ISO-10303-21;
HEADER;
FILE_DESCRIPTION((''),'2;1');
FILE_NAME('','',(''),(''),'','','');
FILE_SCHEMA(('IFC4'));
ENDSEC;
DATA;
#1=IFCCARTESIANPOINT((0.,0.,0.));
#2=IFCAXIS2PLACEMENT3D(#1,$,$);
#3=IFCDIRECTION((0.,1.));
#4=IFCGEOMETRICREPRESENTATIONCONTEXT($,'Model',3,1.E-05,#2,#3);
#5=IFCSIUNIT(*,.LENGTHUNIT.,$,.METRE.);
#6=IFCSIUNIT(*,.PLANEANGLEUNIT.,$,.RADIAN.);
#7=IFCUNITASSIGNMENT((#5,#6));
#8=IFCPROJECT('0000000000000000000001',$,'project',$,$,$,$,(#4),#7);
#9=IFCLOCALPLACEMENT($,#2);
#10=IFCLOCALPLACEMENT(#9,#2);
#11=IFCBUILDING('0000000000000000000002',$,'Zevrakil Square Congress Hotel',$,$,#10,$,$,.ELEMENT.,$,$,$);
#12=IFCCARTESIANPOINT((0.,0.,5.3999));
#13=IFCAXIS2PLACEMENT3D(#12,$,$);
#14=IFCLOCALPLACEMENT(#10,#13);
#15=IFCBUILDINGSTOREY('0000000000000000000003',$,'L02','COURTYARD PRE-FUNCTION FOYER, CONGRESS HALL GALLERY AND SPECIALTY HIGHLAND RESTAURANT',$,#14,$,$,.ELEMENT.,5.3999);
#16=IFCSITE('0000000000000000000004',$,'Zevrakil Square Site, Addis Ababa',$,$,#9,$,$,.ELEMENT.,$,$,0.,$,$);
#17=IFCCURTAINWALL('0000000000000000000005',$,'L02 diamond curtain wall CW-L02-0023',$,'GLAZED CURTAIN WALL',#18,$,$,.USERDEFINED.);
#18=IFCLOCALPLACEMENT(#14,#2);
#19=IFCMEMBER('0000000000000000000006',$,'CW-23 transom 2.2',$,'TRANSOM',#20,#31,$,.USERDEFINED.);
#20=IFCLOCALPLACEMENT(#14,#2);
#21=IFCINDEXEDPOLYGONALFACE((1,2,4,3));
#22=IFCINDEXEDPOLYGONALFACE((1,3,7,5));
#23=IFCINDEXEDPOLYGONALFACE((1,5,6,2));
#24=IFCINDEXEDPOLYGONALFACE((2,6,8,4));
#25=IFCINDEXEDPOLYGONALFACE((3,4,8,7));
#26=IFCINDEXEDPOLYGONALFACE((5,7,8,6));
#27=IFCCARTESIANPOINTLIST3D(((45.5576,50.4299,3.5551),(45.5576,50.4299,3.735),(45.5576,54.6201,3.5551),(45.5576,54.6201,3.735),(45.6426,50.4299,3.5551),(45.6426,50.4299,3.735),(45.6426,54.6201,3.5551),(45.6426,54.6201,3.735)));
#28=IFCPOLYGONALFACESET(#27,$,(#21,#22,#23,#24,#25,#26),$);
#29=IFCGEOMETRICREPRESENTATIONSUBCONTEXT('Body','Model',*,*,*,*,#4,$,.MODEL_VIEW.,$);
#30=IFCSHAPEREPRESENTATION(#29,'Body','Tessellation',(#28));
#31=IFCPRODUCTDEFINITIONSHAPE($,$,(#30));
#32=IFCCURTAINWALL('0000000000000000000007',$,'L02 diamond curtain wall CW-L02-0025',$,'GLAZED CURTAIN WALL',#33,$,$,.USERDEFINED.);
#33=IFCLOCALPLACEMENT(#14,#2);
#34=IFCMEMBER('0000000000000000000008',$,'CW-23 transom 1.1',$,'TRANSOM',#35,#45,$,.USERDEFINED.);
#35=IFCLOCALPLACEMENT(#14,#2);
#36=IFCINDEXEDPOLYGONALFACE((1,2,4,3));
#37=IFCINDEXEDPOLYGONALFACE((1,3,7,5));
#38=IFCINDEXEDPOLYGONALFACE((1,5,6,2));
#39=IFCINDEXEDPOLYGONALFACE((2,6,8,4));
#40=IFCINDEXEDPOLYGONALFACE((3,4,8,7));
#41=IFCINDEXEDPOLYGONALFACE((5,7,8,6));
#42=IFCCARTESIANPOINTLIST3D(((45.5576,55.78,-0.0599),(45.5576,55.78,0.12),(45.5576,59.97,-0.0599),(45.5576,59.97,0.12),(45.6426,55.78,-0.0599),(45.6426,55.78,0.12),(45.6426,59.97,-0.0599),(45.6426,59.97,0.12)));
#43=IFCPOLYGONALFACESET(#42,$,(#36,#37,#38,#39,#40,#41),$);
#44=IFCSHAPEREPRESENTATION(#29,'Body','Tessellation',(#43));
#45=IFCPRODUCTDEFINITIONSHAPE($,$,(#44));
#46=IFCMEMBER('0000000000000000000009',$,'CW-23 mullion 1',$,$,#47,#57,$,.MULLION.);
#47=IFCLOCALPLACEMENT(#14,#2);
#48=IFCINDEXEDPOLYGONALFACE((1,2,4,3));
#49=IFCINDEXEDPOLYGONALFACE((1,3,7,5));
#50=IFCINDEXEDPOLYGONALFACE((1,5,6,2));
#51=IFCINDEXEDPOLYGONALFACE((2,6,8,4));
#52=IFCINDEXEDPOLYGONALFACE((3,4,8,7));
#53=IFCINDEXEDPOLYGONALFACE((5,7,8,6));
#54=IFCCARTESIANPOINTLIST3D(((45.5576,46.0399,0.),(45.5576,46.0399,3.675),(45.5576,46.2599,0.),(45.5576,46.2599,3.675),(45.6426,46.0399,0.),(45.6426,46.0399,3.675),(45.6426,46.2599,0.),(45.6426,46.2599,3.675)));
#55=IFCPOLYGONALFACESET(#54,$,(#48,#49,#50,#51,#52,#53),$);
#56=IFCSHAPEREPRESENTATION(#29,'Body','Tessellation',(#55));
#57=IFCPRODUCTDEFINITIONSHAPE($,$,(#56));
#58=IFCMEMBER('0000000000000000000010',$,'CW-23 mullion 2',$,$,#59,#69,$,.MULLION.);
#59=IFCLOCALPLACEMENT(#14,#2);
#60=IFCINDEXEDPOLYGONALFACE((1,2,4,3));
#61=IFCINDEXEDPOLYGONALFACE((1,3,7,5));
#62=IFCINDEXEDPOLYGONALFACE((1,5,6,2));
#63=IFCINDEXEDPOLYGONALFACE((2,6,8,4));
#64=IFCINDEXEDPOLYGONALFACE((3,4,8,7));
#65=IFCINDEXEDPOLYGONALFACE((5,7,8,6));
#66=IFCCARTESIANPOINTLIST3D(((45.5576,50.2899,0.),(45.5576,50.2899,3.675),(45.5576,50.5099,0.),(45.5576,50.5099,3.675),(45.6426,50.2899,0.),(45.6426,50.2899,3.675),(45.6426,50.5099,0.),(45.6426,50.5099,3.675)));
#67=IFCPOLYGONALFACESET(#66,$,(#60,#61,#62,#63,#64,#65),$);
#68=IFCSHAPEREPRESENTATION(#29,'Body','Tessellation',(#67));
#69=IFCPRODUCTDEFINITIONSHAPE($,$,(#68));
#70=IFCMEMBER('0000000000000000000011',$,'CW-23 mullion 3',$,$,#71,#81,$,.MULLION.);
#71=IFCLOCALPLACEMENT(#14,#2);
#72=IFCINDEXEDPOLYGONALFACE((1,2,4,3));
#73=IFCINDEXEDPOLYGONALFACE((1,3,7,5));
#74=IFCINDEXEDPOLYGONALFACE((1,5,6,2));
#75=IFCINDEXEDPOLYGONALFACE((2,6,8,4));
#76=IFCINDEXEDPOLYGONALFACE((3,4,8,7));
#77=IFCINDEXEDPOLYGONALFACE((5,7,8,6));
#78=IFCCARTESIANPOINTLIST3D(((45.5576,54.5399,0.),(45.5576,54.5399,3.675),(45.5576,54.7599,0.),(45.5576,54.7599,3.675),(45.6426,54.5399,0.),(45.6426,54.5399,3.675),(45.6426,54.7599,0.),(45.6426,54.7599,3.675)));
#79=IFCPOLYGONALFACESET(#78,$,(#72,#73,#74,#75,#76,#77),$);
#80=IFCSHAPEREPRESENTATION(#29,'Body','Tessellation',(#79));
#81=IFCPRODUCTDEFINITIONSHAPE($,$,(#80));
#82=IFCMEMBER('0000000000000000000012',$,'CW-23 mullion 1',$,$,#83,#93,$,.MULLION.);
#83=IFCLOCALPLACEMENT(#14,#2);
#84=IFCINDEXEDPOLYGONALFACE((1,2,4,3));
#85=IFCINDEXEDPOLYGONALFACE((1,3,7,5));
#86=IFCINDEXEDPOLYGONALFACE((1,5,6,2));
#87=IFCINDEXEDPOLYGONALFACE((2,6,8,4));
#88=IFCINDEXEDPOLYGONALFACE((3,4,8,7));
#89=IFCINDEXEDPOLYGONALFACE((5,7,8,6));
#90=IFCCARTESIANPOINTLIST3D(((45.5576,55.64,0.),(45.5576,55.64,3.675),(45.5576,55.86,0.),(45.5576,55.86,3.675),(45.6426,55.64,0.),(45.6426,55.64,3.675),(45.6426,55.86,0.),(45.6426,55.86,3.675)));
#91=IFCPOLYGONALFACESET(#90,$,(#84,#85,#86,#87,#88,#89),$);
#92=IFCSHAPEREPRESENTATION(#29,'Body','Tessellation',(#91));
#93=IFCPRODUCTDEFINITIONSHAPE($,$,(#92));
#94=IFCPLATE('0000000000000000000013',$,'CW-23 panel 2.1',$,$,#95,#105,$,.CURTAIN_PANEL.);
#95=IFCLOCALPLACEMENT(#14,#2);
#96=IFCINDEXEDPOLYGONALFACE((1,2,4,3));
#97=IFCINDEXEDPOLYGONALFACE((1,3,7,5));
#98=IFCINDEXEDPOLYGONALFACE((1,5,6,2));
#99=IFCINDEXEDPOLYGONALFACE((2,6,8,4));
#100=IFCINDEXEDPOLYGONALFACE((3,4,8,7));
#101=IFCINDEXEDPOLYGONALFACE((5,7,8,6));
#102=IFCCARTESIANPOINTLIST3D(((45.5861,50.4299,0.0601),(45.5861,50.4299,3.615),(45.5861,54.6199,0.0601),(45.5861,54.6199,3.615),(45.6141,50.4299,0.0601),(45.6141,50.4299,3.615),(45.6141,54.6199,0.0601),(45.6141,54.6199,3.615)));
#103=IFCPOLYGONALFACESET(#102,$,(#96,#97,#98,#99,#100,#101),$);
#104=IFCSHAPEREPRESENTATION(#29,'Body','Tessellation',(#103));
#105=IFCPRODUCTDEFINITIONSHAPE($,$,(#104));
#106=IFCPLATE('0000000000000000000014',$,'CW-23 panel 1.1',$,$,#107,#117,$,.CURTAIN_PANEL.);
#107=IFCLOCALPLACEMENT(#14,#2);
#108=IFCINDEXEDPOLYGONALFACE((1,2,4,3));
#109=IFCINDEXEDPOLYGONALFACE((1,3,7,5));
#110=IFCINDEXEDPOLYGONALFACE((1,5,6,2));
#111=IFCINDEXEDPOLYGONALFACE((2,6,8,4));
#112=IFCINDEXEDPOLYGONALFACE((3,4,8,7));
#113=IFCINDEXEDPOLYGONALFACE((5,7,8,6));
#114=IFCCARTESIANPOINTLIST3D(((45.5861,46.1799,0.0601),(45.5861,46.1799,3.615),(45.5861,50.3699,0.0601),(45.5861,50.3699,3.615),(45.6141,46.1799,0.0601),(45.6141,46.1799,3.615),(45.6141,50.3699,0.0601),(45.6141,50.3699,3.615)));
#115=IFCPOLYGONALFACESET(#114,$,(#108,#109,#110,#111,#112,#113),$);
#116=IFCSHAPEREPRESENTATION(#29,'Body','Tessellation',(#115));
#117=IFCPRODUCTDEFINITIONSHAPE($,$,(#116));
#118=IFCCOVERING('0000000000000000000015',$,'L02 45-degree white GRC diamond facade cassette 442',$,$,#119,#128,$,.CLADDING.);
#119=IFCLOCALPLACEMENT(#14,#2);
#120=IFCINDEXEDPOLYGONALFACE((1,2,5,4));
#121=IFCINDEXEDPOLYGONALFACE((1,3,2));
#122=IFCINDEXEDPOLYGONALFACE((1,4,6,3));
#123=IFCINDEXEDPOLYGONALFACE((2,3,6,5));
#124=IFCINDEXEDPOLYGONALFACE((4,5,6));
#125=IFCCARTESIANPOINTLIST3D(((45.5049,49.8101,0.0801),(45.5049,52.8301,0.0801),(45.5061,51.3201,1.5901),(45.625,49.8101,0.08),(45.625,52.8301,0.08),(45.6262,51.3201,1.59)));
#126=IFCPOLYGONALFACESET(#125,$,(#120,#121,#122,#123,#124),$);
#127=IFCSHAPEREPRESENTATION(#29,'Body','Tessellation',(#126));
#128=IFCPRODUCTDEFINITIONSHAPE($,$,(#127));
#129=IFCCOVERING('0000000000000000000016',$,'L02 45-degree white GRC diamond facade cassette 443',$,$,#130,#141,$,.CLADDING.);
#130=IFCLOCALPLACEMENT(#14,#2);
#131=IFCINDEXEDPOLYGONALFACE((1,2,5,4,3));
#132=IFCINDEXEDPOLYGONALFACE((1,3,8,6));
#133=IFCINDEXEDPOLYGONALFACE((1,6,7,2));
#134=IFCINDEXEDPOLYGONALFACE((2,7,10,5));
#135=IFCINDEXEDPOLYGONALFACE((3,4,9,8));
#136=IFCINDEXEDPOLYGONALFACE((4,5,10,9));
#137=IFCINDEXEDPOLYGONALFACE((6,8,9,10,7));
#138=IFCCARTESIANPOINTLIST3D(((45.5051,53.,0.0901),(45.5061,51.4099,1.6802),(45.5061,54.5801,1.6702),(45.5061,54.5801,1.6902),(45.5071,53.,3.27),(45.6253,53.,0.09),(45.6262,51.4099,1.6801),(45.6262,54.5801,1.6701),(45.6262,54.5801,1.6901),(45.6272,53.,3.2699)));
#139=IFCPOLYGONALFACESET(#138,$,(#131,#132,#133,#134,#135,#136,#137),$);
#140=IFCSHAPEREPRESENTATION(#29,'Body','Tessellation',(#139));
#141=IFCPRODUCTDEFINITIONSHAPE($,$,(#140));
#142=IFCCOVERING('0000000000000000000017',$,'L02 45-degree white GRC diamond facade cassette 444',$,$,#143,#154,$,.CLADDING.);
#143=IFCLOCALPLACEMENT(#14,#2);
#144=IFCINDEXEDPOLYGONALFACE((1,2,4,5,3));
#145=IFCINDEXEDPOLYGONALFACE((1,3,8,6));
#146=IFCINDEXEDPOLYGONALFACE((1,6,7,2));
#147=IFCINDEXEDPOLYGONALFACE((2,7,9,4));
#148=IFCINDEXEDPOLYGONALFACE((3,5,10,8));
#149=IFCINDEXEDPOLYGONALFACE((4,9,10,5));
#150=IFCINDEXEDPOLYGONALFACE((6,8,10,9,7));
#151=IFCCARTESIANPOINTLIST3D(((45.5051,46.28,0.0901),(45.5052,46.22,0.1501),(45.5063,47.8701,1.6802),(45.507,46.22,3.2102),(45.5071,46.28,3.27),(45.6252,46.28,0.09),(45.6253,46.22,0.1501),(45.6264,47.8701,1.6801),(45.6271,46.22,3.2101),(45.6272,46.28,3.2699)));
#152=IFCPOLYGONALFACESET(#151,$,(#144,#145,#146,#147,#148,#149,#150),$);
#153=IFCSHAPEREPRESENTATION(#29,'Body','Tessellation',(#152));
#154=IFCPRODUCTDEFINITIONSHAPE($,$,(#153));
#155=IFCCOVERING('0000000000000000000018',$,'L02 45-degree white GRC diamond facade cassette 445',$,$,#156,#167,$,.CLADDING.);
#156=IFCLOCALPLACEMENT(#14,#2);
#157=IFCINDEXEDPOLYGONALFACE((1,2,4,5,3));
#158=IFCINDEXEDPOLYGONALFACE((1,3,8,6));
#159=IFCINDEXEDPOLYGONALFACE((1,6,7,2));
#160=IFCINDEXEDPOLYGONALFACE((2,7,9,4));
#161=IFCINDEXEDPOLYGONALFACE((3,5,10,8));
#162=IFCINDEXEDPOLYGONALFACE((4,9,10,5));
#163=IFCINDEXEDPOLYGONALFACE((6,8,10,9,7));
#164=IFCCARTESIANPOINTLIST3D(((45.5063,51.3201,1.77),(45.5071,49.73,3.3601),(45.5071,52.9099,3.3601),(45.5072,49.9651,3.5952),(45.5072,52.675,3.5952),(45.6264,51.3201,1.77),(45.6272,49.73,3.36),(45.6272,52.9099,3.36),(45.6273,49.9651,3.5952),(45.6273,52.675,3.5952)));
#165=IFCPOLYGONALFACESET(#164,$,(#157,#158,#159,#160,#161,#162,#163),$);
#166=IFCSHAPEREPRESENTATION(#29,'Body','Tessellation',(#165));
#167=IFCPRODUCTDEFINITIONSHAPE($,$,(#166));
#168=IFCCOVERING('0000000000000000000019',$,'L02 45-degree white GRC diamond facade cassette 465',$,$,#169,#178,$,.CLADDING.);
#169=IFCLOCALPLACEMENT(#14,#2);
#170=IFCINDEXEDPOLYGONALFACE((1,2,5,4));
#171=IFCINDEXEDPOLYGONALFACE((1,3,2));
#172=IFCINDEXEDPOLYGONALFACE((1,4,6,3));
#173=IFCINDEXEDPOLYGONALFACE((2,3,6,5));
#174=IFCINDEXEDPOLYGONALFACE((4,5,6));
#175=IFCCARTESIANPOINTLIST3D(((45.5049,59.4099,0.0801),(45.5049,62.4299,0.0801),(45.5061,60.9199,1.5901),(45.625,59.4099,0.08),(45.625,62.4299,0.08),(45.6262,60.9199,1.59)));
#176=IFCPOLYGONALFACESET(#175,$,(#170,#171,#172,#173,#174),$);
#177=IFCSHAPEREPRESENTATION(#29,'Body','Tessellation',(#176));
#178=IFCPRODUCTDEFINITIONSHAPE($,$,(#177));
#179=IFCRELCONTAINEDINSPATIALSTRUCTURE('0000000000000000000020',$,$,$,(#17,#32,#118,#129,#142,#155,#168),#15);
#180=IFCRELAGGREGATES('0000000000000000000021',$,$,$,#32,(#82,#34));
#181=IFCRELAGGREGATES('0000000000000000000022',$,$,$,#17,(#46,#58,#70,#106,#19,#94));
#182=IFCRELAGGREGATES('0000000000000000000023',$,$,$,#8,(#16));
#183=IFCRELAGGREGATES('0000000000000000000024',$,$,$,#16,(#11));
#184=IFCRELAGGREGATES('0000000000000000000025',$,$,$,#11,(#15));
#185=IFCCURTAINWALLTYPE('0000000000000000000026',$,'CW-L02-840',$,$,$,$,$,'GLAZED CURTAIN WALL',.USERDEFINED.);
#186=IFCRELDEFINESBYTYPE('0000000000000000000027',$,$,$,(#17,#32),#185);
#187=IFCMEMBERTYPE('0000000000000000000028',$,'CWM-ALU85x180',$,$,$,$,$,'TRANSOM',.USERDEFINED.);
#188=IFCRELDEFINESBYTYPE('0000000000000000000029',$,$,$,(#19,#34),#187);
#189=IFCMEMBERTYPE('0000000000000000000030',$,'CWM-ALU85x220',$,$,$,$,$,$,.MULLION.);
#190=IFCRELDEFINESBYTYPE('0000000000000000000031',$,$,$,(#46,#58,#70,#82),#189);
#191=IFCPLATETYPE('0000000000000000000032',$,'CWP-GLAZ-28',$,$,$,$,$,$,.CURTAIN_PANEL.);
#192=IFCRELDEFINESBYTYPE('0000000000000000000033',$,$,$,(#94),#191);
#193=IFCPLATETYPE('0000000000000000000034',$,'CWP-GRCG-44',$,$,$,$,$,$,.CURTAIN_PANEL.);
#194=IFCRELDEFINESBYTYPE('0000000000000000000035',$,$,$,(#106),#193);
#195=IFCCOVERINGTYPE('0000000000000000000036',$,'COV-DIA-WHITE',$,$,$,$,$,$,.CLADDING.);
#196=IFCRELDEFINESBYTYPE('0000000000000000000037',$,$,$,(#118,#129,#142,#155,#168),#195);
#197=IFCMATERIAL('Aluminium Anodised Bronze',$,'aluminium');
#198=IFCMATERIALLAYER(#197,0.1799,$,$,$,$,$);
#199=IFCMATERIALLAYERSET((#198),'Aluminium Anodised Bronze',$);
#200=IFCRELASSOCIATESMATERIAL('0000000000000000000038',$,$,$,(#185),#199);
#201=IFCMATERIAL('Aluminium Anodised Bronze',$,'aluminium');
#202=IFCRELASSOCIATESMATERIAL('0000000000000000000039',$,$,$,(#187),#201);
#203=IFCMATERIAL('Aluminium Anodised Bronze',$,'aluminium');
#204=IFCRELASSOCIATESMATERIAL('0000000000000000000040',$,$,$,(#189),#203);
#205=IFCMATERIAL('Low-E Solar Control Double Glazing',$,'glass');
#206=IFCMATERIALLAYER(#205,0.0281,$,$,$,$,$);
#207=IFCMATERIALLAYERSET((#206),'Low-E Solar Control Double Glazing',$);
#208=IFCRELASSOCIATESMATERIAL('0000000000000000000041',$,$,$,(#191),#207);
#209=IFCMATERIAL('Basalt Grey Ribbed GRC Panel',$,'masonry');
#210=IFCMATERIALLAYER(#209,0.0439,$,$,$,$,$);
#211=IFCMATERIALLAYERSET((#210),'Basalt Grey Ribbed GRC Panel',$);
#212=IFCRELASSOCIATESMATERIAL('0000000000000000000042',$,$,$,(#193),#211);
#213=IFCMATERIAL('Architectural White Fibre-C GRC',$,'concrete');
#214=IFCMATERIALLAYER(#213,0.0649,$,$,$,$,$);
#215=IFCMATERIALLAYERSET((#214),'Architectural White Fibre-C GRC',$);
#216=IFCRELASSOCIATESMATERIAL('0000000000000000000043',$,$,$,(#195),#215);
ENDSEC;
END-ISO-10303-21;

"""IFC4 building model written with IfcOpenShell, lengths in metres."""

from ifc_helpers import new_model, si_unit, direction, frame, origin, origin_2d, place, context, subcontext, project, spatial, polyline, rectangle, outline, extrude, material, layer, layer_set, material_profile, profile_set, type_object, element, aggregate, save


model = new_model("IFC4")

# Units and contexts
model_context = context("Model", 3, precision=1e-05, world=origin(), true_north=direction((0.0, 1.0)))
body_context = subcontext(model_context, "Body", "Model", "MODEL_VIEW")
ifc_project = project(units=[si_unit("LENGTHUNIT", "METRE"), si_unit("PLANEANGLEUNIT", "RADIAN")], contexts=[model_context])

# Site, building, storey
site_placement = place(None, origin())
site = spatial("IfcSite", under=ifc_project, at=site_placement, Name="Zevrakil Square Site, Addis Ababa", CompositionType="ELEMENT", RefElevation=0.0)
building_placement = place(site_placement, origin())
building = spatial("IfcBuilding", under=site, at=building_placement, Name="Zevrakil Square Congress Hotel", CompositionType="ELEMENT")
storey_placement = place(building_placement, frame((0.0, 0.0, 5.3999)))
storey = spatial("IfcBuildingStorey", under=building, at=storey_placement, Name="L02", Description="COURTYARD PRE-FUNCTION FOYER, CONGRESS HALL GALLERY AND SPECIALTY HIGHLAND RESTAURANT", CompositionType="ELEMENT", Elevation=5.3999)

# Curtain wall, member
ifc_material_1 = material(Name="Aluminium Anodised Bronze", Category="aluminium")
ifc_layer_1 = layer(ifc_material_1, 0.1799)
ifc_layer_set_1 = layer_set([ifc_layer_1], Name="Aluminium Anodised Bronze")
curtain_wall_type = type_object("IfcCurtainWallType", Name="CW-L02-840", ElementType="GLAZED CURTAIN WALL", PredefinedType="USERDEFINED", material=ifc_layer_set_1)
curtain_wall_1_placement = place(storey_placement, origin())
curtain_wall_1 = element("IfcCurtainWall", 1, at=curtain_wall_1_placement, inside=storey, type_object=curtain_wall_type, Name="L02 diamond curtain wall CW-L02-0023", ObjectType="GLAZED CURTAIN WALL", PredefinedType="USERDEFINED")
ifc_material_2 = material(Name="Aluminium Anodised Bronze", Category="aluminium")
ifc_material_profile_1 = material_profile(ifc_material_2, rectangle(XDim=0.085, YDim=0.1799, at=origin_2d()), Name="ALU 85x180")
ifc_profile_set_1 = profile_set([ifc_material_profile_1], Name="Aluminium Anodised Bronze")
member_type_1 = type_object("IfcMemberType", Name="CWM-ALU85x180", ElementType="TRANSOM", PredefinedType="USERDEFINED", material=ifc_profile_set_1)
member_1_placement = place(storey_placement, frame((45.6001, 50.4299, 3.645), z_axis=(0.0, 1.0, 0.0), x_axis=(-1.0, 0.0, 0.0)))
member_1 = element("IfcMember", 2, at=member_1_placement, type_object=member_type_1, Name="CW-23 transom 2.2", ObjectType="TRANSOM", PredefinedType="USERDEFINED", context=body_context, shape_type="SweptSolid", body=[
    extrude(rectangle(XDim=0.085, YDim=0.1799, at=origin_2d()), origin(), (0.0, 0.0, 1.0), 4.1902),
])

# Curtain wall, member
curtain_wall_2_placement = place(storey_placement, origin())
curtain_wall_2 = element("IfcCurtainWall", 3, at=curtain_wall_2_placement, inside=storey, type_object=curtain_wall_type, Name="L02 diamond curtain wall CW-L02-0025", ObjectType="GLAZED CURTAIN WALL", PredefinedType="USERDEFINED")
member_2_placement = place(storey_placement, frame((45.6001, 55.78, 0.03), z_axis=(0.0, 1.0, 0.0), x_axis=(-1.0, 0.0, 0.0)))
member_2 = element("IfcMember", 4, at=member_2_placement, type_object=member_type_1, Name="CW-23 transom 1.1", ObjectType="TRANSOM", PredefinedType="USERDEFINED", context=body_context, shape_type="SweptSolid", body=[
    extrude(rectangle(XDim=0.085, YDim=0.1799, at=origin_2d()), origin(), (0.0, 0.0, 1.0), 4.1899),
])

# Members
ifc_material_3 = material(Name="Aluminium Anodised Bronze", Category="aluminium")
ifc_material_profile_2 = material_profile(ifc_material_3, rectangle(XDim=0.085, YDim=0.22, at=origin_2d()), Name="ALU 85x220")
ifc_profile_set_2 = profile_set([ifc_material_profile_2], Name="Aluminium Anodised Bronze")
member_type_2 = type_object("IfcMemberType", Name="CWM-ALU85x220", PredefinedType="MULLION", material=ifc_profile_set_2)
member_3_placement = place(storey_placement, frame((45.6001, 46.1499, 0.0), z_axis=(0.0, 0.0, 1.0), x_axis=(-1.0, 0.0, 0.0)))
member_3 = element("IfcMember", 5, at=member_3_placement, type_object=member_type_2, Name="CW-23 mullion 1", PredefinedType="MULLION", context=body_context, shape_type="SweptSolid", body=[
    extrude(rectangle(XDim=0.085, YDim=0.22, at=origin_2d()), origin(), (0.0, 0.0, 1.0), 3.675),
])
member_4_placement = place(storey_placement, frame((45.6001, 50.3999, 0.0), z_axis=(0.0, 0.0, 1.0), x_axis=(-1.0, 0.0, 0.0)))
member_4 = element("IfcMember", 6, at=member_4_placement, type_object=member_type_2, Name="CW-23 mullion 2", PredefinedType="MULLION", context=body_context, shape_type="SweptSolid", body=[
    extrude(rectangle(XDim=0.085, YDim=0.22, at=origin_2d()), origin(), (0.0, 0.0, 1.0), 3.675),
])
member_5_placement = place(storey_placement, frame((45.6001, 54.6499, 0.0), z_axis=(0.0, 0.0, 1.0), x_axis=(-1.0, 0.0, 0.0)))
member_5 = element("IfcMember", 7, at=member_5_placement, type_object=member_type_2, Name="CW-23 mullion 3", PredefinedType="MULLION", context=body_context, shape_type="SweptSolid", body=[
    extrude(rectangle(XDim=0.085, YDim=0.22, at=origin_2d()), origin(), (0.0, 0.0, 1.0), 3.675),
])
member_6_placement = place(storey_placement, frame((45.6001, 55.75, 0.0), z_axis=(0.0, 0.0, 1.0), x_axis=(-1.0, 0.0, 0.0)))
member_6 = element("IfcMember", 8, at=member_6_placement, type_object=member_type_2, Name="CW-23 mullion 1", PredefinedType="MULLION", context=body_context, shape_type="SweptSolid", body=[
    extrude(rectangle(XDim=0.085, YDim=0.22, at=origin_2d()), origin(), (0.0, 0.0, 1.0), 3.675),
])
aggregate(curtain_wall_2, [member_6, member_2])

# Plates
ifc_material_4 = material(Name="Low-E Solar Control Double Glazing", Category="glass")
ifc_layer_2 = layer(ifc_material_4, 0.0281)
ifc_layer_set_2 = layer_set([ifc_layer_2], Name="Low-E Solar Control Double Glazing")
plate_type_1 = type_object("IfcPlateType", Name="CWP-GLAZ-28", PredefinedType="CURTAIN_PANEL", material=ifc_layer_set_2)
plate_1_placement = place(storey_placement, frame((45.6001, 52.5249, 0.0601), z_axis=(0.0, 0.0, 1.0), x_axis=(0.0, 1.0, 0.0)))
plate_1 = element("IfcPlate", 9, at=plate_1_placement, type_object=plate_type_1, Name="CW-23 panel 2.1", PredefinedType="CURTAIN_PANEL", context=body_context, shape_type="SweptSolid", body=[
    extrude(rectangle(XDim=4.1899, YDim=0.0281, at=origin_2d()), origin(), (0.0, 0.0, 1.0), 3.5549),
])
ifc_material_5 = material(Name="Basalt Grey Ribbed GRC Panel", Category="masonry")
ifc_layer_3 = layer(ifc_material_5, 0.0439)
ifc_layer_set_3 = layer_set([ifc_layer_3], Name="Basalt Grey Ribbed GRC Panel")
plate_type_2 = type_object("IfcPlateType", Name="CWP-GRCG-44", PredefinedType="CURTAIN_PANEL", material=ifc_layer_set_3)
plate_2_placement = place(storey_placement, frame((45.6001, 48.2749, 0.0601), z_axis=(0.0, 0.0, 1.0), x_axis=(0.0, 1.0, 0.0)))
plate_2 = element("IfcPlate", 10, at=plate_2_placement, type_object=plate_type_2, Name="CW-23 panel 1.1", PredefinedType="CURTAIN_PANEL", context=body_context, shape_type="SweptSolid", body=[
    extrude(rectangle(XDim=4.1899, YDim=0.0281, at=origin_2d()), origin(), (0.0, 0.0, 1.0), 3.5549),
])
aggregate(curtain_wall_1, [member_3, member_4, member_5, plate_2, member_1, plate_1])

# Coverings
ifc_material_6 = material(Name="Architectural White Fibre-C GRC", Category="concrete")
ifc_layer_4 = layer(ifc_material_6, 0.0649)
ifc_layer_set_4 = layer_set([ifc_layer_4], Name="Architectural White Fibre-C GRC")
covering_type_1 = type_object("IfcCoveringType", Name="COV-DIA-WHITE", PredefinedType="CLADDING", material=ifc_layer_set_4)
covering_1_placement = place(storey_placement, frame((45.5061, 51.3201, 1.5901), z_axis=(-1.0, 0.0, 0.000808), x_axis=(-0.000572, -0.707107, -0.707107)))
element("IfcCovering", 11, at=covering_1_placement, inside=storey, type_object=covering_type_1, Name="L02 45-degree white GRC diamond facade cassette 442", PredefinedType="CLADDING", context=body_context, shape_type="SweptSolid", body=[
    extrude(outline(polyline([(0.0, 0.0), (2.1355, 0.0), (0.0, -2.1355), (0.0, 0.0)])), origin(), (0.0, 0.0, -1.0), 0.1201),
])
covering_2_placement = place(storey_placement, frame((45.5071, 53.0, 3.27), z_axis=(-1.0, 0.0, 0.000612), x_axis=(-0.000433, -0.707161, -0.707052)))
element("IfcCovering", 12, at=covering_2_placement, inside=storey, type_object=covering_type_1, Name="L02 45-degree white GRC diamond facade cassette 443", PredefinedType="CLADDING", context=body_context, shape_type="SweptSolid", body=[
    extrude(outline(polyline([(0.0, 0.0), (2.2486, 0.0), (2.2484, -2.2487), (0.0138, -2.2486), (-0.0003, -2.2344), (0.0, 0.0)])), origin(), (0.0, 0.0, -1.0), 0.1201),
])
covering_3_placement = place(storey_placement, frame((45.5051, 46.28, 0.0901), z_axis=(-1.0, 0.00014, 0.000612), x_axis=(0.000532, 0.707107, 0.707107)))
element("IfcCovering", 13, at=covering_3_placement, inside=storey, type_object=covering_type_1, Name="L02 45-degree white GRC diamond facade cassette 444", PredefinedType="CLADDING", context=body_context, shape_type="SweptSolid", body=[
    extrude(outline(polyline([(0.0, 0.0), (2.2487, 0.0), (2.2486, -2.2486), (2.1638, -2.2487), (0.0, -0.0849), (0.0, 0.0)])), origin(), (0.0, 0.0, -1.0), 0.1201),
])
covering_4_placement = place(storey_placement, frame((45.5071, 49.73, 3.3601), z_axis=(-1.0, 0.0, 0.000482), x_axis=(-0.000341, 0.707107, -0.707107)))
element("IfcCovering", 14, at=covering_4_placement, inside=storey, type_object=covering_type_1, Name="L02 45-degree white GRC diamond facade cassette 445", PredefinedType="CLADDING", context=body_context, shape_type="SweptSolid", body=[
    extrude(outline(polyline([(0.0, 0.0), (2.2487, 0.0), (2.2486, -2.2486), (1.9162, -2.2487), (0.0, -0.3325), (0.0, 0.0)])), origin(), (0.0, 0.0, -1.0), 0.1201),
])
covering_5_placement = place(storey_placement, frame((45.5061, 60.9199, 1.5901), z_axis=(-1.0, 0.0, 0.000808), x_axis=(-0.000572, -0.707107, -0.707107)))
element("IfcCovering", 15, at=covering_5_placement, inside=storey, type_object=covering_type_1, Name="L02 45-degree white GRC diamond facade cassette 465", PredefinedType="CLADDING", context=body_context, shape_type="SweptSolid", body=[
    extrude(outline(polyline([(0.0, 0.0), (2.1355, 0.0), (0.0, -2.1355), (0.0, 0.0)])), origin(), (0.0, 0.0, -1.0), 0.1201),
])

save(model, "model.ifc")
